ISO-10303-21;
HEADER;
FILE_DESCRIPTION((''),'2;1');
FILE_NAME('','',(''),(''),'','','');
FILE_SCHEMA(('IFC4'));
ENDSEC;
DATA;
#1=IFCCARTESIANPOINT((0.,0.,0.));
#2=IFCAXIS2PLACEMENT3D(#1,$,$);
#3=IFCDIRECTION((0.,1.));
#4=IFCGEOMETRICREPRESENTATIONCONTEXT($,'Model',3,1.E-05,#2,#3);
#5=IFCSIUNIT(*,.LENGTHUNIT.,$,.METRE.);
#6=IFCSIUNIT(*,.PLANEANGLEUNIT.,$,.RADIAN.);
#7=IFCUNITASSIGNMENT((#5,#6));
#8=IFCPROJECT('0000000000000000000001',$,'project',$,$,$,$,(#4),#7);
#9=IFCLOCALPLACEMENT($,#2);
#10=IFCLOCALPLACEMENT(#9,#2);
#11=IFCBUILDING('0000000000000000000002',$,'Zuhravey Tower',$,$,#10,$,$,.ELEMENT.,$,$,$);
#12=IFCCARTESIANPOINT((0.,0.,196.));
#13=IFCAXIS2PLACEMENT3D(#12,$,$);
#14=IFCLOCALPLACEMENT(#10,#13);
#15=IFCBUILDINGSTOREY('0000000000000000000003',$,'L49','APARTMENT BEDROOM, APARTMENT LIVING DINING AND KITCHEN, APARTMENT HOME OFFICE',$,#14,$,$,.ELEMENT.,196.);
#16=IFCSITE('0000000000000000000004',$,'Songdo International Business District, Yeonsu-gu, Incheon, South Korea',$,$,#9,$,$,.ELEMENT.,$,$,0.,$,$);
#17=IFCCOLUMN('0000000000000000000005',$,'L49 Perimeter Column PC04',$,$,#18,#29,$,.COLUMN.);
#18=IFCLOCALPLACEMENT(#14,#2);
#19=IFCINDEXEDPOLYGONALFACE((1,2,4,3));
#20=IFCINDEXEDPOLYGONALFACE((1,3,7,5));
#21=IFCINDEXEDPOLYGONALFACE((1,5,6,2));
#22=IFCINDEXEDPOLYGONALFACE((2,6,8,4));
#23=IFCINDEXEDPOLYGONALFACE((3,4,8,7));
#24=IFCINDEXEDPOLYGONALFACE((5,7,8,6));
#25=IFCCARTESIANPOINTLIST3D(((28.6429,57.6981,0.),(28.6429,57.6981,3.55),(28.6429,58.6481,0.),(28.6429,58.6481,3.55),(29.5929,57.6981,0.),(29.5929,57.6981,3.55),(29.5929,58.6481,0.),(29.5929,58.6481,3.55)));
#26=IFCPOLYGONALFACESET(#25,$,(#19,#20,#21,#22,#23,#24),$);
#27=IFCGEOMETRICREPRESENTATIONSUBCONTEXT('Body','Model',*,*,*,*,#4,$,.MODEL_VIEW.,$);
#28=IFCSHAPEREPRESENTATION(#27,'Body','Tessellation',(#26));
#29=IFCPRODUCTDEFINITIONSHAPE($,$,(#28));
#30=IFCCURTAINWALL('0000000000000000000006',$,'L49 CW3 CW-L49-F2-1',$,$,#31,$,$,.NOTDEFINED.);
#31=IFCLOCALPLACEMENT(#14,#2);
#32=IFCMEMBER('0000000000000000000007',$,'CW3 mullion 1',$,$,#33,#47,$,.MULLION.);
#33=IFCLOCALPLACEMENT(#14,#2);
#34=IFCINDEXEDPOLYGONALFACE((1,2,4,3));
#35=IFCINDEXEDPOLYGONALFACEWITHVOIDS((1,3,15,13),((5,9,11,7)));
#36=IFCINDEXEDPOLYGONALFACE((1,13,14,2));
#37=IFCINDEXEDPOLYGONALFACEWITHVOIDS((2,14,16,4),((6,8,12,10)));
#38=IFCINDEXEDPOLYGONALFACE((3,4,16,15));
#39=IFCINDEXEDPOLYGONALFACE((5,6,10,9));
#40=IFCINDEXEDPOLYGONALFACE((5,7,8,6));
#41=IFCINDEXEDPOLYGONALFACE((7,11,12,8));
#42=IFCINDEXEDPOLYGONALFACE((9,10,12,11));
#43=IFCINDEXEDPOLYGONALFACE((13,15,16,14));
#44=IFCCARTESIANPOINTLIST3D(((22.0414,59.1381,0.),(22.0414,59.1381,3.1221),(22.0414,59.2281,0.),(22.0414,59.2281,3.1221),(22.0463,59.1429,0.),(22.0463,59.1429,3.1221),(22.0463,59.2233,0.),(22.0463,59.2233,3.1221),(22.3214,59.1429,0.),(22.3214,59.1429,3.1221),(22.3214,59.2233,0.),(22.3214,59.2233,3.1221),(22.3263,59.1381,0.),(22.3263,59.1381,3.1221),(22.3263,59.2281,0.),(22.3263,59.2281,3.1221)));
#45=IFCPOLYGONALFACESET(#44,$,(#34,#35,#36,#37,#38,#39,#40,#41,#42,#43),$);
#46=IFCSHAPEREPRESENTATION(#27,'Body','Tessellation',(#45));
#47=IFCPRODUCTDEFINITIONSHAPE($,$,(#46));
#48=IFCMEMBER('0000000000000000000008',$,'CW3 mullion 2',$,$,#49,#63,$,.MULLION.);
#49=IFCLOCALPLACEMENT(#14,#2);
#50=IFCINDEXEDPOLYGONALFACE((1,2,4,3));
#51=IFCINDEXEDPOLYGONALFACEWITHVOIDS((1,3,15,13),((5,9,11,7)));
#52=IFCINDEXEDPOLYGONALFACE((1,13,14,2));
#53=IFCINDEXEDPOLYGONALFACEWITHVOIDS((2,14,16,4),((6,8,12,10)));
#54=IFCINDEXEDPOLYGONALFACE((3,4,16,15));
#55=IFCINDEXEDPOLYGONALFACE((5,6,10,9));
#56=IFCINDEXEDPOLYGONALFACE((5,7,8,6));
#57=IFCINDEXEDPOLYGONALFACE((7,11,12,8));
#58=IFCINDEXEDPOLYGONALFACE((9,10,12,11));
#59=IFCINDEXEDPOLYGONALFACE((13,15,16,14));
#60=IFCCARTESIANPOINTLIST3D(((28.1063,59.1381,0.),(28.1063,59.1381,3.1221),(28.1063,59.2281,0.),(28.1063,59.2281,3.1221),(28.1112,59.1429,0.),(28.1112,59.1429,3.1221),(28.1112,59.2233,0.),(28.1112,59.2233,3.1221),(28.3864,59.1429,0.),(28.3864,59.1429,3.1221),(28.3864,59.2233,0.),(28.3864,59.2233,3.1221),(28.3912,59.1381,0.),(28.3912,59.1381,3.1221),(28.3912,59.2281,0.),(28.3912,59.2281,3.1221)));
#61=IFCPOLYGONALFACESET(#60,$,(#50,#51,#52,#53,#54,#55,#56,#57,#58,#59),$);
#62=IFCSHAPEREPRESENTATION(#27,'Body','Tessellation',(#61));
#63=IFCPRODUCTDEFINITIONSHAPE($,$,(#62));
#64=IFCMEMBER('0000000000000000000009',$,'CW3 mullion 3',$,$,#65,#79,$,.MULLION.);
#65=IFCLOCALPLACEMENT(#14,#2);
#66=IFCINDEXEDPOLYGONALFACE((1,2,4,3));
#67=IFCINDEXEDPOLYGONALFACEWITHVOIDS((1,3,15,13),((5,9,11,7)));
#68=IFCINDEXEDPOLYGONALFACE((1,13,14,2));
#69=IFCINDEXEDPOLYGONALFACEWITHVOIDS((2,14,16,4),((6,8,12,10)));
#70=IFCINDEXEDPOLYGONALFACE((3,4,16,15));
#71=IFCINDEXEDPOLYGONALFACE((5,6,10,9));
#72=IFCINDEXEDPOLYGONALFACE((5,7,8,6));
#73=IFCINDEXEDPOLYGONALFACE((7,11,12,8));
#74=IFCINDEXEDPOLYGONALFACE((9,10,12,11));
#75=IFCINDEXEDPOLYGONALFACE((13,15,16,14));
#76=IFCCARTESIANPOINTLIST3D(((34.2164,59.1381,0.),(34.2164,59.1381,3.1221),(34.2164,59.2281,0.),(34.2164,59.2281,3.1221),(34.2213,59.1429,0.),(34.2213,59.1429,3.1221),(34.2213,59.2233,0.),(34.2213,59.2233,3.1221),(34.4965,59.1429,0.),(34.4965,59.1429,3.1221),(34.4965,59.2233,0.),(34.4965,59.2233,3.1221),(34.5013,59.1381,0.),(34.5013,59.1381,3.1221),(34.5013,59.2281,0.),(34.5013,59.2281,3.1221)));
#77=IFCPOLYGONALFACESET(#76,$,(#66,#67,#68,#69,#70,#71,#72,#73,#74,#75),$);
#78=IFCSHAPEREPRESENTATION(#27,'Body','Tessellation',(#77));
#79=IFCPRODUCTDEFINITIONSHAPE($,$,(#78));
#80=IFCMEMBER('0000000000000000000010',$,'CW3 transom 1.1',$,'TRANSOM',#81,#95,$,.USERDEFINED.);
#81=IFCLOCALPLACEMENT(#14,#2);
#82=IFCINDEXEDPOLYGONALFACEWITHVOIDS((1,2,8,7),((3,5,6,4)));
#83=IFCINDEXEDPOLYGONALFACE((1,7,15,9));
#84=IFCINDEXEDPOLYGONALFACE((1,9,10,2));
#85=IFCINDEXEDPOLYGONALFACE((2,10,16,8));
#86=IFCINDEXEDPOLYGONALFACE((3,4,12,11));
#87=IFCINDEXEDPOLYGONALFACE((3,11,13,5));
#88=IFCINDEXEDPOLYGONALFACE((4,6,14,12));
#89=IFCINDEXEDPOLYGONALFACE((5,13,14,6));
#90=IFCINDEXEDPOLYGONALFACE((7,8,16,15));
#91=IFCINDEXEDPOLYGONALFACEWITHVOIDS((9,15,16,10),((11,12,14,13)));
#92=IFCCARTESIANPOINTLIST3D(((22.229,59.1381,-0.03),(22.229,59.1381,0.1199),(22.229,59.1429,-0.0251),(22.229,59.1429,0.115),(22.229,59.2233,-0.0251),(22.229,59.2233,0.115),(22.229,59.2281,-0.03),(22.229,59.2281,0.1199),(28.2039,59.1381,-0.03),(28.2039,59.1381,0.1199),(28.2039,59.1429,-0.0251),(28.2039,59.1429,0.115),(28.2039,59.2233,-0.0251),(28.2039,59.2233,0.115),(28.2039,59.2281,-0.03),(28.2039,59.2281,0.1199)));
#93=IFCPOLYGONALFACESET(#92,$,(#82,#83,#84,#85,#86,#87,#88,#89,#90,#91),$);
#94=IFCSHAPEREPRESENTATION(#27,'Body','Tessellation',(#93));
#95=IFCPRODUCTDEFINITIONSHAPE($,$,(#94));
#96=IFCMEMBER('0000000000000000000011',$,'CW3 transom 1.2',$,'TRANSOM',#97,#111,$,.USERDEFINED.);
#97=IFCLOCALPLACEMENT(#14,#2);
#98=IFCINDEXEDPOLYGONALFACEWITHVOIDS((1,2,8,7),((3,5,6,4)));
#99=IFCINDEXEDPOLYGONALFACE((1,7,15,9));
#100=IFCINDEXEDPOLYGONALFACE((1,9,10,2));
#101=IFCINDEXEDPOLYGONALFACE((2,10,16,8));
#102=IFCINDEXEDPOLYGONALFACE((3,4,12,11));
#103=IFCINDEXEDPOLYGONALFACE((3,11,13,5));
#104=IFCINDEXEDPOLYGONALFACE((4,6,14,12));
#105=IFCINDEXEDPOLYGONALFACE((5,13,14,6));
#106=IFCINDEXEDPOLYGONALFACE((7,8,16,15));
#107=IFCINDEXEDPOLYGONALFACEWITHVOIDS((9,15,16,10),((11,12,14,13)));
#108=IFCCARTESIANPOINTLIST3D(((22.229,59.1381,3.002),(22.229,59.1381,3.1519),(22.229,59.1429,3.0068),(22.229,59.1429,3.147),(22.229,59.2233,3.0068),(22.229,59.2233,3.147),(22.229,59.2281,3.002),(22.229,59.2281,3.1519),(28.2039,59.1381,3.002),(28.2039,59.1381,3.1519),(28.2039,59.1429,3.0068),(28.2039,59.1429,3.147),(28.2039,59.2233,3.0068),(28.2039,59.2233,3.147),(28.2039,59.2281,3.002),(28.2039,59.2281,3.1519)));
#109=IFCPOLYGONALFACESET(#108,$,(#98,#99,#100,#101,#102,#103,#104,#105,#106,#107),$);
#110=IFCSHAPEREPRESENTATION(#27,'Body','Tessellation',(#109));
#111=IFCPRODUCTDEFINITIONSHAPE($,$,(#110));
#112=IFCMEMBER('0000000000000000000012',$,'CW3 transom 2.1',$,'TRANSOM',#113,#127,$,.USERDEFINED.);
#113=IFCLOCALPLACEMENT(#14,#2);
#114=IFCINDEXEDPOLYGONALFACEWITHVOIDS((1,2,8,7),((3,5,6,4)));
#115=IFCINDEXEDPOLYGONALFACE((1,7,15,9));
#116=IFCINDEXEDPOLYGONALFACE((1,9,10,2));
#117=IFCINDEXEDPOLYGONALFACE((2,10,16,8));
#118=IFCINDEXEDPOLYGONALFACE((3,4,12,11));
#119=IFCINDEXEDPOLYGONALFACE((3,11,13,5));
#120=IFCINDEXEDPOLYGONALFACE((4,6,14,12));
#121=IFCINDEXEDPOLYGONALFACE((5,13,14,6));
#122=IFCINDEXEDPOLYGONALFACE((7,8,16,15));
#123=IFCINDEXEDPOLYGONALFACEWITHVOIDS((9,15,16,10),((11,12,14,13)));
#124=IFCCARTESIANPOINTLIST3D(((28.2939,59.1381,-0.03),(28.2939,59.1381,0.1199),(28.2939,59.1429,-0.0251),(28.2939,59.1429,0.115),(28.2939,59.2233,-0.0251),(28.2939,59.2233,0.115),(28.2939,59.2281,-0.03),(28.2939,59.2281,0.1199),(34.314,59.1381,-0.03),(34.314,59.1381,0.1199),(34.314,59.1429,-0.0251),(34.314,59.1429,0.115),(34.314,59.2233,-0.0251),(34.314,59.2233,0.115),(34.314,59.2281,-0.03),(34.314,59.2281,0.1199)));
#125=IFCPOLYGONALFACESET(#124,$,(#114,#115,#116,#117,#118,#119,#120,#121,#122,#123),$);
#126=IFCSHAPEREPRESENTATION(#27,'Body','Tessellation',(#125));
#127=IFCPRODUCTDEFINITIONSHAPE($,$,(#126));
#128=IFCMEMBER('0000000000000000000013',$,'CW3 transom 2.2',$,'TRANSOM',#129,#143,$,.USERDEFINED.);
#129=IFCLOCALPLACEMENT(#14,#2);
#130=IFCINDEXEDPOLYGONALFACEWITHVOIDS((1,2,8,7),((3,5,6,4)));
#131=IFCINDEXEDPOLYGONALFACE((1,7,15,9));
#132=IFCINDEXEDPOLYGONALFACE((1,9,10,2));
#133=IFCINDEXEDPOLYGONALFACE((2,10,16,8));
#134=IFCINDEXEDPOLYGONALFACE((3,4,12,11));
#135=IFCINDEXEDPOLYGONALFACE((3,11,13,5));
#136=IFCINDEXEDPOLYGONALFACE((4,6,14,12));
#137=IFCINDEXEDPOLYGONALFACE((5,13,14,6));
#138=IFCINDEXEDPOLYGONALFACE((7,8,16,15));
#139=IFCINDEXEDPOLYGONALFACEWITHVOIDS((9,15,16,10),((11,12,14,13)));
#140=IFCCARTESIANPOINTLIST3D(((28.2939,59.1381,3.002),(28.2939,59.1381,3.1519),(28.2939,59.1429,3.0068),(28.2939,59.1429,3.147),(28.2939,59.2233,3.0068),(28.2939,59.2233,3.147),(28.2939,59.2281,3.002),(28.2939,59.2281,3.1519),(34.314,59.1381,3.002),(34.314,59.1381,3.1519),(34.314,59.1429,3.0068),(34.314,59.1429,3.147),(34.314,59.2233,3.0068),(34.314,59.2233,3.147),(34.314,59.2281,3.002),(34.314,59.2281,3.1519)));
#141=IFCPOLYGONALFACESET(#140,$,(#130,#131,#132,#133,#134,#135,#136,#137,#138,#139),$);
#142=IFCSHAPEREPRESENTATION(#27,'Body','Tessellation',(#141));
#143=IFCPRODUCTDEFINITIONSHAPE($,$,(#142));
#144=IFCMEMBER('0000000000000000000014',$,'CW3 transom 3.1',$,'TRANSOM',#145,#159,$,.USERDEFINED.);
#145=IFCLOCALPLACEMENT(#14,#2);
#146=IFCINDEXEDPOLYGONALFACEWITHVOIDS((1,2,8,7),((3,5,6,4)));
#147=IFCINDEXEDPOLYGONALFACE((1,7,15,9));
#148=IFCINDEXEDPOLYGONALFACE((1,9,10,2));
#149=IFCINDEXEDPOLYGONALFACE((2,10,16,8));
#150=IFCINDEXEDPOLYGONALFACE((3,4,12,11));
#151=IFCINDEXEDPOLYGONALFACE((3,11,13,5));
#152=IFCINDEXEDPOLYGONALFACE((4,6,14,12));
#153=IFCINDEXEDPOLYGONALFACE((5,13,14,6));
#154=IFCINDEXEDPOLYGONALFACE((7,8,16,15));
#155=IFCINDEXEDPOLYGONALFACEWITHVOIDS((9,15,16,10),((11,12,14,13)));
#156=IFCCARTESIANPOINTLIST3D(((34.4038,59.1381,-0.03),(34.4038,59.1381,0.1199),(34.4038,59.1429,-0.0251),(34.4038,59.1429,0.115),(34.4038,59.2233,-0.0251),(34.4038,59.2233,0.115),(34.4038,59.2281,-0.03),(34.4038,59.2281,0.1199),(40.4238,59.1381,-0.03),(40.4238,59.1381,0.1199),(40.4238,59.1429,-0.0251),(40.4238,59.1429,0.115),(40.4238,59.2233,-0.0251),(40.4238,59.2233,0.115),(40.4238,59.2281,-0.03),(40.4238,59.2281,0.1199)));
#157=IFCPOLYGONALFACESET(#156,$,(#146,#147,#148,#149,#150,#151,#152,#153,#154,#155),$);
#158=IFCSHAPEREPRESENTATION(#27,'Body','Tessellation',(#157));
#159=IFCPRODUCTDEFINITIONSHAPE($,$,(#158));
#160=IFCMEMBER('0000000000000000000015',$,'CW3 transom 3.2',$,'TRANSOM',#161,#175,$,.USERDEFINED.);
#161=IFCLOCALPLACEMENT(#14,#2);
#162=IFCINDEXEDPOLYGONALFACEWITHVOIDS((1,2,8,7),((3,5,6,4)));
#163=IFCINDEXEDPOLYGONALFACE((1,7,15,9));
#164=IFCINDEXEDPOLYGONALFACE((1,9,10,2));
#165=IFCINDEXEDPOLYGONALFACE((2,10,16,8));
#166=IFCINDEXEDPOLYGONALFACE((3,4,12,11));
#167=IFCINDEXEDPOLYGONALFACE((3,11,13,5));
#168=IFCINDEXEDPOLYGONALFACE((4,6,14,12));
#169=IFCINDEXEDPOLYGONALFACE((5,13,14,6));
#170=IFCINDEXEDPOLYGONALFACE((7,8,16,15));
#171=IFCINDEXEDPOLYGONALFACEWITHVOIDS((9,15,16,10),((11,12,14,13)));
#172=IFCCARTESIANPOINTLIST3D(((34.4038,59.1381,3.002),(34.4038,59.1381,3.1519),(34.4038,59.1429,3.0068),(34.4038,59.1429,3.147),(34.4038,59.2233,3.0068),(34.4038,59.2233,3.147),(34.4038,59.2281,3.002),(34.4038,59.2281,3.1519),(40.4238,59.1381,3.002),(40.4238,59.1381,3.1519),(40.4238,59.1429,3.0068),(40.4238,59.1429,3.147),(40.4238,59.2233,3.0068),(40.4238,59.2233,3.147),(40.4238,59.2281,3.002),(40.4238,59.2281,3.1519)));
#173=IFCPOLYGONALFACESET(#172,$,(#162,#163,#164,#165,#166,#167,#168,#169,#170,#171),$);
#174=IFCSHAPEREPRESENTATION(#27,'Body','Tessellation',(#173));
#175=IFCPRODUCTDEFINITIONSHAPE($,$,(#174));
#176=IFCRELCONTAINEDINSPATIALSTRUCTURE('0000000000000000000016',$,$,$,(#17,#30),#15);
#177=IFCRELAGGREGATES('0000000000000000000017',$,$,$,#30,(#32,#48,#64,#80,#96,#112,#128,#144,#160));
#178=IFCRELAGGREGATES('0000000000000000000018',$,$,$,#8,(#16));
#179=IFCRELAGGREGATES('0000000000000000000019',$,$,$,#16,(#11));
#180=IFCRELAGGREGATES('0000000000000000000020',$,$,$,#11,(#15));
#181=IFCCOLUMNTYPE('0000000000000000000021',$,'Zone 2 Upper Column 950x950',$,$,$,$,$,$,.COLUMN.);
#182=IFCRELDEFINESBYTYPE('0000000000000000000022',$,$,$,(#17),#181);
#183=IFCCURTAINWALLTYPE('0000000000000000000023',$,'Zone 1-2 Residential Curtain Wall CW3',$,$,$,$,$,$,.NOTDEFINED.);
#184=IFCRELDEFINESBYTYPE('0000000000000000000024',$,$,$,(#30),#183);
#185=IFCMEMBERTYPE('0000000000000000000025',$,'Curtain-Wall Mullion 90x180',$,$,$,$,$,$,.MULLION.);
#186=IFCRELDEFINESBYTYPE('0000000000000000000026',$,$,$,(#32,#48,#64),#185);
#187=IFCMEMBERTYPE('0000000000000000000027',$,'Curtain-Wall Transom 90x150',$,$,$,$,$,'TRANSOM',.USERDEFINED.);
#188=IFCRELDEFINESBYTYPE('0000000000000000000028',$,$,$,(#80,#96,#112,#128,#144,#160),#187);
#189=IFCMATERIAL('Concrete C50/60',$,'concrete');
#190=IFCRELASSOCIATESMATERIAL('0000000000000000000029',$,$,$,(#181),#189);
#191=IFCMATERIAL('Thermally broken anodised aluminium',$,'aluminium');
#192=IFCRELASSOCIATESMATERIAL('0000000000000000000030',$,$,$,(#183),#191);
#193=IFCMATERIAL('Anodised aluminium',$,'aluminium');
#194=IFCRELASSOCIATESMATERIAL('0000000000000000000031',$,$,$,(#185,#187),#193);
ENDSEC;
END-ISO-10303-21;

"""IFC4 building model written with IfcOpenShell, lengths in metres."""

from ifc_helpers import new_model, si_unit, direction, frame, origin, origin_2d, place, context, subcontext, project, spatial, rectangle, hollow_rectangle, extrude, material, material_profile, profile_set, type_object, element, aggregate, save


model = new_model("IFC4")

# Units and contexts
model_context = context("Model", 3, precision=1e-05, world=origin(), true_north=direction((0.0, 1.0)))
body_context = subcontext(model_context, "Body", "Model", "MODEL_VIEW")
ifc_project = project(units=[si_unit("LENGTHUNIT", "METRE"), si_unit("PLANEANGLEUNIT", "RADIAN")], contexts=[model_context])

# Site, building, storey
site_placement = place(None, origin())
site = spatial("IfcSite", under=ifc_project, at=site_placement, Name="Songdo International Business District, Yeonsu-gu, Incheon, South Korea", CompositionType="ELEMENT", RefElevation=0.0)
building_placement = place(site_placement, origin())
building = spatial("IfcBuilding", under=site, at=building_placement, Name="Zuhravey Tower", CompositionType="ELEMENT")
storey_placement = place(building_placement, frame((0.0, 0.0, 196.0)))
storey = spatial("IfcBuildingStorey", under=building, at=storey_placement, Name="L49", Description="APARTMENT BEDROOM, APARTMENT LIVING DINING AND KITCHEN, APARTMENT HOME OFFICE", CompositionType="ELEMENT", Elevation=196.0)

# Column
ifc_material_1 = material(Name="Concrete C50/60", Category="concrete")
ifc_material_profile_1 = material_profile(ifc_material_1, rectangle(XDim=0.95, YDim=0.95, at=origin_2d()), Name="RC-950x950")
ifc_profile_set_1 = profile_set([ifc_material_profile_1], Name="Concrete C50/60")
column_type = type_object("IfcColumnType", Name="Zone 2 Upper Column 950x950", PredefinedType="COLUMN", material=ifc_profile_set_1)
column_placement = place(storey_placement, frame((29.1179, 58.1731, 0.0), z_axis=(0.0, 0.0, 1.0), x_axis=(-1.0, 0.0, 0.0)))
element("IfcColumn", 1, at=column_placement, inside=storey, type_object=column_type, Name="L49 Perimeter Column PC04", PredefinedType="COLUMN", context=body_context, shape_type="SweptSolid", body=[
    extrude(rectangle(XDim=0.95, YDim=0.95, at=origin_2d()), origin(), (0.0, 0.0, 1.0), 3.55),
])

# Curtain wall, members
ifc_material_2 = material(Name="Thermally broken anodised aluminium", Category="aluminium")
curtain_wall_type = type_object("IfcCurtainWallType", Name="Zone 1-2 Residential Curtain Wall CW3", PredefinedType="NOTDEFINED", material=ifc_material_2)
curtain_wall_placement = place(storey_placement, origin())
curtain_wall = element("IfcCurtainWall", 2, at=curtain_wall_placement, inside=storey, type_object=curtain_wall_type, Name="L49 CW3 CW-L49-F2-1", PredefinedType="NOTDEFINED")
ifc_material_3 = material(Name="Anodised aluminium", Category="aluminium")
ifc_material_profile_2 = material_profile(ifc_material_3, hollow_rectangle(XDim=0.0901, YDim=0.2849, WallThickness=0.0049, at=origin_2d()), Name="ALU-RHS-90x285x5")
ifc_profile_set_2 = profile_set([ifc_material_profile_2], Name="Anodised aluminium")
member_type_1 = type_object("IfcMemberType", Name="Curtain-Wall Mullion 90x180", PredefinedType="MULLION", material=ifc_profile_set_2)
member_1_placement = place(storey_placement, frame((22.1838, 59.1831, 0.0), z_axis=(0.0, 0.0, 1.0), x_axis=(0.0, 1.0, 0.0)))
member_1 = element("IfcMember", 3, at=member_1_placement, type_object=member_type_1, Name="CW3 mullion 1", PredefinedType="MULLION", context=body_context, shape_type="SweptSolid", body=[
    extrude(hollow_rectangle(XDim=0.0901, YDim=0.2849, WallThickness=0.0049, at=origin_2d()), origin(), (0.0, 0.0, 1.0), 3.1221),
])
member_2_placement = place(storey_placement, frame((28.2488, 59.1831, 0.0), z_axis=(0.0, 0.0, 1.0), x_axis=(0.0, 1.0, 0.0)))
member_2 = element("IfcMember", 4, at=member_2_placement, type_object=member_type_1, Name="CW3 mullion 2", PredefinedType="MULLION", context=body_context, shape_type="SweptSolid", body=[
    extrude(hollow_rectangle(XDim=0.0901, YDim=0.2849, WallThickness=0.0049, at=origin_2d()), origin(), (0.0, 0.0, 1.0), 3.1221),
])
member_3_placement = place(storey_placement, frame((34.3589, 59.1831, 0.0), z_axis=(0.0, 0.0, 1.0), x_axis=(0.0, 1.0, 0.0)))
member_3 = element("IfcMember", 5, at=member_3_placement, type_object=member_type_1, Name="CW3 mullion 3", PredefinedType="MULLION", context=body_context, shape_type="SweptSolid", body=[
    extrude(hollow_rectangle(XDim=0.0901, YDim=0.2849, WallThickness=0.0049, at=origin_2d()), origin(), (0.0, 0.0, 1.0), 3.1221),
])
ifc_material_profile_3 = material_profile(ifc_material_3, hollow_rectangle(XDim=0.0901, YDim=0.1499, WallThickness=0.0049, at=origin_2d()), Name="ALU-RHS-90x150x5")
ifc_profile_set_3 = profile_set([ifc_material_profile_3], Name="Anodised aluminium")
member_type_2 = type_object("IfcMemberType", Name="Curtain-Wall Transom 90x150", ElementType="TRANSOM", PredefinedType="USERDEFINED", material=ifc_profile_set_3)
member_4_placement = place(storey_placement, frame((22.229, 59.1831, 0.0449), z_axis=(1.0, 0.0, 0.0), x_axis=(0.0, 1.0, 0.0)))
member_4 = element("IfcMember", 6, at=member_4_placement, type_object=member_type_2, Name="CW3 transom 1.1", ObjectType="TRANSOM", PredefinedType="USERDEFINED", context=body_context, shape_type="SweptSolid", body=[
    extrude(hollow_rectangle(XDim=0.0901, YDim=0.1499, WallThickness=0.0049, at=origin_2d()), origin(), (0.0, 0.0, 1.0), 5.9749),
])
member_5_placement = place(storey_placement, frame((22.229, 59.1831, 3.0769), z_axis=(1.0, 0.0, 0.0), x_axis=(0.0, 1.0, 0.0)))
member_5 = element("IfcMember", 7, at=member_5_placement, type_object=member_type_2, Name="CW3 transom 1.2", ObjectType="TRANSOM", PredefinedType="USERDEFINED", context=body_context, shape_type="SweptSolid", body=[
    extrude(hollow_rectangle(XDim=0.0901, YDim=0.1499, WallThickness=0.0049, at=origin_2d()), origin(), (0.0, 0.0, 1.0), 5.9749),
])
member_6_placement = place(storey_placement, frame((28.2939, 59.1831, 0.0449), z_axis=(1.0, 0.0, 0.0), x_axis=(0.0, 1.0, 0.0)))
member_6 = element("IfcMember", 8, at=member_6_placement, type_object=member_type_2, Name="CW3 transom 2.1", ObjectType="TRANSOM", PredefinedType="USERDEFINED", context=body_context, shape_type="SweptSolid", body=[
    extrude(hollow_rectangle(XDim=0.0901, YDim=0.1499, WallThickness=0.0049, at=origin_2d()), origin(), (0.0, 0.0, 1.0), 6.02),
])
member_7_placement = place(storey_placement, frame((28.2939, 59.1831, 3.0769), z_axis=(1.0, 0.0, 0.0), x_axis=(0.0, 1.0, 0.0)))
member_7 = element("IfcMember", 9, at=member_7_placement, type_object=member_type_2, Name="CW3 transom 2.2", ObjectType="TRANSOM", PredefinedType="USERDEFINED", context=body_context, shape_type="SweptSolid", body=[
    extrude(hollow_rectangle(XDim=0.0901, YDim=0.1499, WallThickness=0.0049, at=origin_2d()), origin(), (0.0, 0.0, 1.0), 6.02),
])
member_8_placement = place(storey_placement, frame((34.4038, 59.1831, 0.0449), z_axis=(1.0, 0.0, 0.0), x_axis=(0.0, 1.0, 0.0)))
member_8 = element("IfcMember", 10, at=member_8_placement, type_object=member_type_2, Name="CW3 transom 3.1", ObjectType="TRANSOM", PredefinedType="USERDEFINED", context=body_context, shape_type="SweptSolid", body=[
    extrude(hollow_rectangle(XDim=0.0901, YDim=0.1499, WallThickness=0.0049, at=origin_2d()), origin(), (0.0, 0.0, 1.0), 6.02),
])
member_9_placement = place(storey_placement, frame((34.4038, 59.1831, 3.0769), z_axis=(1.0, 0.0, 0.0), x_axis=(0.0, 1.0, 0.0)))
member_9 = element("IfcMember", 11, at=member_9_placement, type_object=member_type_2, Name="CW3 transom 3.2", ObjectType="TRANSOM", PredefinedType="USERDEFINED", context=body_context, shape_type="SweptSolid", body=[
    extrude(hollow_rectangle(XDim=0.0901, YDim=0.1499, WallThickness=0.0049, at=origin_2d()), origin(), (0.0, 0.0, 1.0), 6.02),
])

aggregate(curtain_wall, [member_1, member_2, member_3, member_4, member_5, member_6, member_7, member_8, member_9])

save(model, "model.ifc")
